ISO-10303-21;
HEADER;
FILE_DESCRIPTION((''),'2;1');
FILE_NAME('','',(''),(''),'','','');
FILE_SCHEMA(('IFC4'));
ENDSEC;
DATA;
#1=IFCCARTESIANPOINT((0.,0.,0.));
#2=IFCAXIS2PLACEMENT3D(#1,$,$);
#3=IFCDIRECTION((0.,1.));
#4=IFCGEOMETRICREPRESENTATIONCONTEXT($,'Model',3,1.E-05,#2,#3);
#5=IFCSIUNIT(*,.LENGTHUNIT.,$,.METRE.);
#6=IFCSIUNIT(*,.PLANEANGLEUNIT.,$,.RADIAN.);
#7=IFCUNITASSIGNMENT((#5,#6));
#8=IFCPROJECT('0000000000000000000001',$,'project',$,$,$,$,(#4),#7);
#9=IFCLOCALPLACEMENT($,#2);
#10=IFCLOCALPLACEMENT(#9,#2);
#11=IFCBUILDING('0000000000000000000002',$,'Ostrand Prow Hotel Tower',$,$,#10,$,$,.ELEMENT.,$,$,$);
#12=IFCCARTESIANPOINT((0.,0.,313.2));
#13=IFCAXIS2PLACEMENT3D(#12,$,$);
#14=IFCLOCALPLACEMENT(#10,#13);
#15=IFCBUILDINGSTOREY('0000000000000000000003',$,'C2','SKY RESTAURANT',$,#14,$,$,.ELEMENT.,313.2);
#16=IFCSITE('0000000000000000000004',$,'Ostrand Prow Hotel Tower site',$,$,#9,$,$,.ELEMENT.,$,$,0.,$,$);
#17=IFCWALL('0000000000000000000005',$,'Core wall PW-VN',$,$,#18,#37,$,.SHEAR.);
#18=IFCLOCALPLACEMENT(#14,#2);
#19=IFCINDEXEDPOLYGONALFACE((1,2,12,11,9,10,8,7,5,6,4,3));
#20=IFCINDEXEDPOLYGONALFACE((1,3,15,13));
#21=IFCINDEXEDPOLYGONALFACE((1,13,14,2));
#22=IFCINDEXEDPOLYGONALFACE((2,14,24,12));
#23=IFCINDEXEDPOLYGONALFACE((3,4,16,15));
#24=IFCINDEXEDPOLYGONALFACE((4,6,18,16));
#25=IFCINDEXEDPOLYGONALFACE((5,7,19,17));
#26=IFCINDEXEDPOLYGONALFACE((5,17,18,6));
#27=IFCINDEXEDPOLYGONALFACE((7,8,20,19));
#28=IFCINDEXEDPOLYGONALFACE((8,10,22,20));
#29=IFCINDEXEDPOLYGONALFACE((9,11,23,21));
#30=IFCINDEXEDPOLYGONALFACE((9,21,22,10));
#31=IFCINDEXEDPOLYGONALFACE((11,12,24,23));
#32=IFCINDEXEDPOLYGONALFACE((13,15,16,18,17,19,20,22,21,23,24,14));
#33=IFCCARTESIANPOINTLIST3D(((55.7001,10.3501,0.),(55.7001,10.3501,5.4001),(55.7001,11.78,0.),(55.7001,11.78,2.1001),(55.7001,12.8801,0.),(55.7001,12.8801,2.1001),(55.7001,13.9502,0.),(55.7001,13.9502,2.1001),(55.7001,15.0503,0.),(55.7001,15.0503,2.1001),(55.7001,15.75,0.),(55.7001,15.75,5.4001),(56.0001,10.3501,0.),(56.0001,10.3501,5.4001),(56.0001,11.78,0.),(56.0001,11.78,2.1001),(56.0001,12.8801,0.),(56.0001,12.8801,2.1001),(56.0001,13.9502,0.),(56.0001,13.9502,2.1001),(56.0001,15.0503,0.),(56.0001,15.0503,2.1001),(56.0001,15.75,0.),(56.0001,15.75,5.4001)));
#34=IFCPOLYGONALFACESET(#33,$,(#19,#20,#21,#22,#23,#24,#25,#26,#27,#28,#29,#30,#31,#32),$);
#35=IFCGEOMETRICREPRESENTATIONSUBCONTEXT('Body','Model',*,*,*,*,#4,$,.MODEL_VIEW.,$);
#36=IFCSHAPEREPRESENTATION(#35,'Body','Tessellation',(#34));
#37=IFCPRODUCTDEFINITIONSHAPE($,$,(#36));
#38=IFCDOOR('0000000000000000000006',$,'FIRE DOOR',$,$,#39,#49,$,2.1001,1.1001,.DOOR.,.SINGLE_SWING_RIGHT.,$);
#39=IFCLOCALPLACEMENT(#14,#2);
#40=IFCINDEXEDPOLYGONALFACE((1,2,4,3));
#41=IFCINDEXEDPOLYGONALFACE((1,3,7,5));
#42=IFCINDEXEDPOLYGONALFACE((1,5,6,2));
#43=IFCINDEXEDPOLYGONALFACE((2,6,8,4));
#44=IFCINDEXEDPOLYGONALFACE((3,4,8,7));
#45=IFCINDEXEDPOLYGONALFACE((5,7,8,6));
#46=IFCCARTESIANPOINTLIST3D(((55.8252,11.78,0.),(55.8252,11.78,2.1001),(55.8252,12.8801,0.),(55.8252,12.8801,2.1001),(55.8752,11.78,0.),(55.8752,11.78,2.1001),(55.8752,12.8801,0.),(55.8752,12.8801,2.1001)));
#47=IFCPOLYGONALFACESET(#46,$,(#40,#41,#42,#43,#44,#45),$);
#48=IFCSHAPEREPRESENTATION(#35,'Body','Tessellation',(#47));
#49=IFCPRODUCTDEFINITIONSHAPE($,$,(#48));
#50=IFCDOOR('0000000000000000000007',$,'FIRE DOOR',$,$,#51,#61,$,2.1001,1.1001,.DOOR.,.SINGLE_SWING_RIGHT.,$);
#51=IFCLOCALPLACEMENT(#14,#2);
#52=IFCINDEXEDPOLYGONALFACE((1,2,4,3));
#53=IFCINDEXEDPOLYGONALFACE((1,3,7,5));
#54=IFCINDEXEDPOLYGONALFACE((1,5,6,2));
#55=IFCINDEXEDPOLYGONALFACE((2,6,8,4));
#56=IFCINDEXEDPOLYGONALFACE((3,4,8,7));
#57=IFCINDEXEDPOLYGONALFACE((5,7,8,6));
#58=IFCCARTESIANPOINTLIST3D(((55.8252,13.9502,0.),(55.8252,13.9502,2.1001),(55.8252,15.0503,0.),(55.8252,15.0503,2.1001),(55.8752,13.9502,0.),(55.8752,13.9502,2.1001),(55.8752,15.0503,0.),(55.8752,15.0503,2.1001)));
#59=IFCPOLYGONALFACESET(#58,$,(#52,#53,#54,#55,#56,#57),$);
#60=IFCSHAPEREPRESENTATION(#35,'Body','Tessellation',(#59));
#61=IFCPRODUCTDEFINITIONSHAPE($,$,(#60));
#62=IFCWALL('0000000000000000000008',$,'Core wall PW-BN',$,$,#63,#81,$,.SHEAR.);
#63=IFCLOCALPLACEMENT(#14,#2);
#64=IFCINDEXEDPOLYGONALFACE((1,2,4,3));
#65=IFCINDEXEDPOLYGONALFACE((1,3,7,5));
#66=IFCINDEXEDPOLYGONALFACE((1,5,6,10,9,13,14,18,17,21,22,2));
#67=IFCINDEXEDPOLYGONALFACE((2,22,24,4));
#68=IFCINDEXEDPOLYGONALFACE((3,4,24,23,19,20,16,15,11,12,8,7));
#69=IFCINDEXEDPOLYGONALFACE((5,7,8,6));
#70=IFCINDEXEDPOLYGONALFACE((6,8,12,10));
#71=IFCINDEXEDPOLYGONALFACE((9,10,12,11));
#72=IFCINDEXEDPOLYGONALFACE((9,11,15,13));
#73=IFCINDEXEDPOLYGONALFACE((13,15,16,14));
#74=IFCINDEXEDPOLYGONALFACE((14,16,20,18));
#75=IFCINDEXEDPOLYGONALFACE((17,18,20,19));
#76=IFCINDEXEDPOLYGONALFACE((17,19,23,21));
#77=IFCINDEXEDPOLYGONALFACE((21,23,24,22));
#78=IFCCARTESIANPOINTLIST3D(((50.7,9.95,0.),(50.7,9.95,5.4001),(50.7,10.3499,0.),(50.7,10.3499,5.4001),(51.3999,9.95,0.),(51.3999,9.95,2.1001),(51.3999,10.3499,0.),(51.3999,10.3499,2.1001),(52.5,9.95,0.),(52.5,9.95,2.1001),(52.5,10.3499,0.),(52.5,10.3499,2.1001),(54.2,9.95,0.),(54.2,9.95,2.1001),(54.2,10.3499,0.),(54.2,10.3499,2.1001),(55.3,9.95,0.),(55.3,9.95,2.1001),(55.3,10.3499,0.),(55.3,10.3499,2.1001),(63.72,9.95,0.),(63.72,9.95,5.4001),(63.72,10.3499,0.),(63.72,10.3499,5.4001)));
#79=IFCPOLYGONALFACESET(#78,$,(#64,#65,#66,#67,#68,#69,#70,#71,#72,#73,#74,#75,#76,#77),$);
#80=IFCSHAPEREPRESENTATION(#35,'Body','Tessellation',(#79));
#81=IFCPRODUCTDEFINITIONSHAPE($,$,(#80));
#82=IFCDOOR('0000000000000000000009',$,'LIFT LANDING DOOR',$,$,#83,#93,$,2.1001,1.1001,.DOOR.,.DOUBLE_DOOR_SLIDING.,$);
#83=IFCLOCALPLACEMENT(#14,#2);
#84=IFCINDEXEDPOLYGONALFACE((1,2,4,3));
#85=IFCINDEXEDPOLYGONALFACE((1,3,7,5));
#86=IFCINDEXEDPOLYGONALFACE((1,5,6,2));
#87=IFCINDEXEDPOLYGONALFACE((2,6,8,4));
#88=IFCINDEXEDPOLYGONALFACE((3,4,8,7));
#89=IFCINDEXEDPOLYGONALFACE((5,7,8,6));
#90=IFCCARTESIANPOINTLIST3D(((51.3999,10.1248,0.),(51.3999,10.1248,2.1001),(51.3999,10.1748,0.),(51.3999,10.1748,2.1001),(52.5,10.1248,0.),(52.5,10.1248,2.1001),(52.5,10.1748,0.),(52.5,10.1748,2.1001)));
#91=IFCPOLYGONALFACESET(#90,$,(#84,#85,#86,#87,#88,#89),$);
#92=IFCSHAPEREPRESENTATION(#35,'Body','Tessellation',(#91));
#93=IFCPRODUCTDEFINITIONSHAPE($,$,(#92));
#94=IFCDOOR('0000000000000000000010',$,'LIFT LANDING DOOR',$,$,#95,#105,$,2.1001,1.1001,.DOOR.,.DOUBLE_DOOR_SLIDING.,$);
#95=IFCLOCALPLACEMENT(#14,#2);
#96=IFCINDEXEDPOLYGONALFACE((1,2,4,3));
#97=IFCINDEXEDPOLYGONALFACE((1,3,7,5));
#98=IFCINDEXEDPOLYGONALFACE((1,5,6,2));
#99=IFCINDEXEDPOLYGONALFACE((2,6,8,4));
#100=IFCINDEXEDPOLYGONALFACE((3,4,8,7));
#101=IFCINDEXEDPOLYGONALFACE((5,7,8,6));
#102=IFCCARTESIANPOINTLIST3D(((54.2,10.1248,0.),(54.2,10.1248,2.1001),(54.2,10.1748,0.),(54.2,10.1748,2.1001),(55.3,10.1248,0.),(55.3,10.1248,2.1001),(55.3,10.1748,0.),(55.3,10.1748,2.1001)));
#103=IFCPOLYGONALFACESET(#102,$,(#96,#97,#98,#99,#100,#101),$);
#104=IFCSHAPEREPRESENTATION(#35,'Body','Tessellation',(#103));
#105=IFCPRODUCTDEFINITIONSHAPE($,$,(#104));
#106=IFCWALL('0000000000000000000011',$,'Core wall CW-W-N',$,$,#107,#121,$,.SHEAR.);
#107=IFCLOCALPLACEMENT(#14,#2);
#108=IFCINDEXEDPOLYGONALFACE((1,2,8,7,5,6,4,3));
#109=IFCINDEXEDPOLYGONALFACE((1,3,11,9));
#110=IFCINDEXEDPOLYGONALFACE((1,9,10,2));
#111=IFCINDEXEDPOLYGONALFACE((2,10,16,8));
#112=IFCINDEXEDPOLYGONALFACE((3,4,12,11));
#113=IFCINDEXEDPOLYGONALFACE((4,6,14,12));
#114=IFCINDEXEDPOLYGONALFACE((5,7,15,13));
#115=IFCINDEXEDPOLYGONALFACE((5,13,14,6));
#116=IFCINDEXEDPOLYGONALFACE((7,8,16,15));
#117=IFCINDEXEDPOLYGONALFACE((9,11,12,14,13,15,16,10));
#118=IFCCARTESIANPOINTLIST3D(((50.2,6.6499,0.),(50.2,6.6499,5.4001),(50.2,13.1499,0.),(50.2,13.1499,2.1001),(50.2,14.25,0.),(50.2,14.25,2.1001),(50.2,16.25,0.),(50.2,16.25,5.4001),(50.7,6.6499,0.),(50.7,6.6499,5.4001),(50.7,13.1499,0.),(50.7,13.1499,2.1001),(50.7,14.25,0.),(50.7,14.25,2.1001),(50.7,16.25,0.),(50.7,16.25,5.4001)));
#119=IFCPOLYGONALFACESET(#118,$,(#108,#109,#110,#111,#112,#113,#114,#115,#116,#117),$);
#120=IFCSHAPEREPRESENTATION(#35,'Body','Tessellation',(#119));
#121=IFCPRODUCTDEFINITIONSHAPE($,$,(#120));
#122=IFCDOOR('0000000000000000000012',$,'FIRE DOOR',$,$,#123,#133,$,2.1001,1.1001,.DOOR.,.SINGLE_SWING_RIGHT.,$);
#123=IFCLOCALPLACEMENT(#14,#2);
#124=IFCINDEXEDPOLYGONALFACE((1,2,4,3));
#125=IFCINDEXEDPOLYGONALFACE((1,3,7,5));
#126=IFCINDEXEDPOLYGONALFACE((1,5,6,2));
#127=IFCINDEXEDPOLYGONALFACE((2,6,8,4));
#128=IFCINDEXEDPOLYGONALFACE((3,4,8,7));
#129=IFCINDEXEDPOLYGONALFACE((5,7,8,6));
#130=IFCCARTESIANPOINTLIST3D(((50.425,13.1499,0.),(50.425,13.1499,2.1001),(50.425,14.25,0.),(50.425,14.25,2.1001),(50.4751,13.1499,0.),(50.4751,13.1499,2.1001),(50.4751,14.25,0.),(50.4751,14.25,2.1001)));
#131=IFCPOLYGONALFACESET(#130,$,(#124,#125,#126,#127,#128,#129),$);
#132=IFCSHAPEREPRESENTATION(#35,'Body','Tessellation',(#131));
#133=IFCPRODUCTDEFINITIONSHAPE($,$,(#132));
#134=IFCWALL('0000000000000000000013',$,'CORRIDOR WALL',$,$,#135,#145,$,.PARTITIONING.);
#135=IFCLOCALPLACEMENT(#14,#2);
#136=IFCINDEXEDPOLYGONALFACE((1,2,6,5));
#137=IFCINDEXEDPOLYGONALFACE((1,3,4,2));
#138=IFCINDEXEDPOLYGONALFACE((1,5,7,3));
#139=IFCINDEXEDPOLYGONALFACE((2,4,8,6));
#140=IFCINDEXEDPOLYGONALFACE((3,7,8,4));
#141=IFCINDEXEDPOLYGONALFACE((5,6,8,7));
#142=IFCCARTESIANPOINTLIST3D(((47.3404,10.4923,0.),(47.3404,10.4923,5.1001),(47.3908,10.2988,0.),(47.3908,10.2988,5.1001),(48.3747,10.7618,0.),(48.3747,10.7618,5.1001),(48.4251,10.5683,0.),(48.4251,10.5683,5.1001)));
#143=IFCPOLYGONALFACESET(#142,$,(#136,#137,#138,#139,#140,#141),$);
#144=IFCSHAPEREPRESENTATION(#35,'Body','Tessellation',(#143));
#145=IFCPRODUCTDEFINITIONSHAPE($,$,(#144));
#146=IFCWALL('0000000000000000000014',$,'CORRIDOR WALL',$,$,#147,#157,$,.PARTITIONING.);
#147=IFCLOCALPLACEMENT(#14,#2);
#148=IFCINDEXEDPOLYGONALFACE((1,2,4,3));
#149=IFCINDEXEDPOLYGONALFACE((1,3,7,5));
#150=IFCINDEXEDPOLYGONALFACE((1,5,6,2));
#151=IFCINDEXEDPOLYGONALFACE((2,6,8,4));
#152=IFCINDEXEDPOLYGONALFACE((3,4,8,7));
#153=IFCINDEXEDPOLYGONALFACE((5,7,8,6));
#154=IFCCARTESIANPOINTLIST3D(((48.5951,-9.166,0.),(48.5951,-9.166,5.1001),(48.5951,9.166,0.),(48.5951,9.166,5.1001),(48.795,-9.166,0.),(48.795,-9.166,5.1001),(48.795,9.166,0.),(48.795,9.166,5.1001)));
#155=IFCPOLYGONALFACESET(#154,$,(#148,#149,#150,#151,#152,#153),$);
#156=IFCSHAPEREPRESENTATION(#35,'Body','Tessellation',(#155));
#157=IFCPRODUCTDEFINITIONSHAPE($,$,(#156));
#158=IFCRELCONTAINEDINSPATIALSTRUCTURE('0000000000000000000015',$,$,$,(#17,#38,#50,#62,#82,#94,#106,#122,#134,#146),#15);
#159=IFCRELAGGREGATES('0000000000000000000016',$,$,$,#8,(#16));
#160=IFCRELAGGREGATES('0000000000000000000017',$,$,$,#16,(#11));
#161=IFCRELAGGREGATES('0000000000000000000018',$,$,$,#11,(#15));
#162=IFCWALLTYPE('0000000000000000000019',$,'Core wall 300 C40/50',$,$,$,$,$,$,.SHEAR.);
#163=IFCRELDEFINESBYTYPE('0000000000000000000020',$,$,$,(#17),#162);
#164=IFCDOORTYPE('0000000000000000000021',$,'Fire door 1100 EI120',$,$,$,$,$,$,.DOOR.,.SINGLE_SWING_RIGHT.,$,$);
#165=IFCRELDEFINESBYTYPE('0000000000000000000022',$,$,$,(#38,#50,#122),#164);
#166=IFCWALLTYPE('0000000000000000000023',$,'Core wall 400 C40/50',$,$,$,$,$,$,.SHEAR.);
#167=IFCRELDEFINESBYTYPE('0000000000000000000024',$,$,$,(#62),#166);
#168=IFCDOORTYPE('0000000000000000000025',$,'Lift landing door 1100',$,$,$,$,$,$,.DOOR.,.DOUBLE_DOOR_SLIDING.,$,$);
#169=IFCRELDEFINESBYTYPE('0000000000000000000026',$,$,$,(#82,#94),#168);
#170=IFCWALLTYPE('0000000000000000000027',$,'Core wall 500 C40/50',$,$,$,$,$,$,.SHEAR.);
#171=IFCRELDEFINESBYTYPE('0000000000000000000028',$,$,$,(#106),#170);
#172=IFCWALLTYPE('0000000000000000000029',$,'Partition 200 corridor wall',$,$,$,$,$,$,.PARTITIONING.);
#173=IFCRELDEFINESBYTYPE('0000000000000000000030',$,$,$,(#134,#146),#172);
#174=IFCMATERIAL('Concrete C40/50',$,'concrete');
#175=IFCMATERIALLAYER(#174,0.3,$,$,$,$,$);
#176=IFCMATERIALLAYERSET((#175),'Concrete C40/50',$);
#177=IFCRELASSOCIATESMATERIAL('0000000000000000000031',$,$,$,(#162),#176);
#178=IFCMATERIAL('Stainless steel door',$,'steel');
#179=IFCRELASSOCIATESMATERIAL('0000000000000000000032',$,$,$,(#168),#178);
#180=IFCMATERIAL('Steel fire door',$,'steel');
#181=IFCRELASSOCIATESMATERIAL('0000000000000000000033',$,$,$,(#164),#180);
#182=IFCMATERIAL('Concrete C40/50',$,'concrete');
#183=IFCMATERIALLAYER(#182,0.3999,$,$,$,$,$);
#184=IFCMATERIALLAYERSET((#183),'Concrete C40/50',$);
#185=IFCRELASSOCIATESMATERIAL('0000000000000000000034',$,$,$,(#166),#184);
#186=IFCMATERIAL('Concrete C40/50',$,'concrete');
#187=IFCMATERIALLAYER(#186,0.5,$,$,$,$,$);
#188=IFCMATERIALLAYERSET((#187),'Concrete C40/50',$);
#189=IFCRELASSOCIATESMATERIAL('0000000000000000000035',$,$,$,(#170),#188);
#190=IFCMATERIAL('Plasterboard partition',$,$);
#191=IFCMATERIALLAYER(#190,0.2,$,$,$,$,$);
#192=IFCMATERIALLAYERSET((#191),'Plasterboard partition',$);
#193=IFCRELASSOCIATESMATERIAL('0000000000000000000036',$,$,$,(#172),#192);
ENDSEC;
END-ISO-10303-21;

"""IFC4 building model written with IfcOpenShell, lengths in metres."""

from ifc_helpers import new_model, si_unit, direction, frame, frame_2d, origin, place, context, subcontext, project, spatial, rectangle, extrude, material, layer, layer_set, type_object, element, fill, save


model = new_model("IFC4")

# Units and contexts
model_context = context("Model", 3, precision=1e-05, world=origin(), true_north=direction((0.0, 1.0)))
body_context = subcontext(model_context, "Body", "Model", "MODEL_VIEW")
ifc_project = project(units=[si_unit("LENGTHUNIT", "METRE"), si_unit("PLANEANGLEUNIT", "RADIAN")], contexts=[model_context])

# Site, building, storey
site_placement = place(None, origin())
site = spatial("IfcSite", under=ifc_project, at=site_placement, Name="Ostrand Prow Hotel Tower site", CompositionType="ELEMENT", RefElevation=0.0)
building_placement = place(site_placement, origin())
building = spatial("IfcBuilding", under=site, at=building_placement, Name="Ostrand Prow Hotel Tower", CompositionType="ELEMENT")
storey_placement = place(building_placement, frame((0.0, 0.0, 313.2)))
storey = spatial("IfcBuildingStorey", under=building, at=storey_placement, Name="C2", Description="SKY RESTAURANT", CompositionType="ELEMENT", Elevation=313.2)

# Shared definitions
ifc_material_1 = material(Name="Concrete C40/50", Category="concrete")
ifc_layer_1 = layer(ifc_material_1, 0.3)
ifc_layer_set_1 = layer_set([ifc_layer_1], Name="Concrete C40/50")
wall_type_1 = type_object("IfcWallType", Name="Core wall 300 C40/50", PredefinedType="SHEAR", material=ifc_layer_set_1)
ifc_material_2 = material(Name="Stainless steel door", Category="steel")
door_type_1 = type_object("IfcDoorType", Name="Lift landing door 1100", OperationType="DOUBLE_DOOR_SLIDING", PredefinedType="DOOR", material=ifc_material_2)

# Walls, openings, doors
wall_1_placement = place(storey_placement, frame((55.8501, 10.3501, 0.0), z_axis=(0.0, 0.0, 1.0), x_axis=(0.0, 1.0, 0.0)))
wall_1 = element("IfcWall", 1, at=wall_1_placement, inside=storey, type_object=wall_type_1, Name="Core wall PW-VN", PredefinedType="SHEAR", context=body_context, shape_type="SweptSolid", body=[
    extrude(rectangle(XDim=5.3999, YDim=0.3, at=frame_2d((2.7, 0.0))), origin(), (0.0, 0.0, 1.0), 5.4001),
])
opening_1_placement = place(wall_1_placement, frame((1.4299, 0.0, 0.0)))
opening_1 = element("IfcOpeningElement", 2, at=opening_1_placement, cuts=wall_1, PredefinedType="OPENING", context=body_context, shape_type="SweptSolid", body=[
    extrude(rectangle(XDim=1.1001, YDim=2.1001, at=frame_2d((0.55, 1.05))), frame((0.0, 0.1599, 0.0), z_axis=(0.0, -1.0, 0.0), x_axis=(1.0, 0.0, 0.0)), (0.0, 0.0, 1.0), 0.3201),
])
opening_2_placement = place(wall_1_placement, frame((3.6001, 0.0, 0.0)))
opening_2 = element("IfcOpeningElement", 3, at=opening_2_placement, cuts=wall_1, PredefinedType="OPENING", context=body_context, shape_type="SweptSolid", body=[
    extrude(rectangle(XDim=1.1001, YDim=2.1001, at=frame_2d((0.55, 1.05))), frame((0.0, 0.1599, 0.0), z_axis=(0.0, -1.0, 0.0), x_axis=(1.0, 0.0, 0.0)), (0.0, 0.0, 1.0), 0.3201),
])
ifc_material_3 = material(Name="Steel fire door", Category="steel")
door_type_2 = type_object("IfcDoorType", Name="Fire door 1100 EI120", OperationType="SINGLE_SWING_RIGHT", PredefinedType="DOOR", material=ifc_material_3)
door_1_placement = place(opening_1_placement, origin())
door_1 = element("IfcDoor", 4, at=door_1_placement, inside=storey, type_object=door_type_2, Name="FIRE DOOR", OperationType="SINGLE_SWING_RIGHT", OverallHeight=2.1001, OverallWidth=1.1001, PredefinedType="DOOR", context=body_context, shape_type="SweptSolid", body=[
    extrude(rectangle(XDim=1.1001, YDim=2.1001, at=frame_2d((0.55, 1.05))), frame((0.0, 0.0249, 0.0), z_axis=(0.0, -1.0, 0.0), x_axis=(1.0, 0.0, 0.0)), (0.0, 0.0, 1.0), 0.05),
])
fill(opening_1, door_1)
door_2_placement = place(opening_2_placement, origin())
door_2 = element("IfcDoor", 5, at=door_2_placement, inside=storey, type_object=door_type_2, Name="FIRE DOOR", OperationType="SINGLE_SWING_RIGHT", OverallHeight=2.1001, OverallWidth=1.1001, PredefinedType="DOOR", context=body_context, shape_type="SweptSolid", body=[
    extrude(rectangle(XDim=1.1001, YDim=2.1001, at=frame_2d((0.55, 1.05))), frame((0.0, 0.0249, 0.0), z_axis=(0.0, -1.0, 0.0), x_axis=(1.0, 0.0, 0.0)), (0.0, 0.0, 1.0), 0.05),
])
fill(opening_2, door_2)
ifc_material_4 = material(Name="Concrete C40/50", Category="concrete")
ifc_layer_2 = layer(ifc_material_4, 0.3999)
ifc_layer_set_2 = layer_set([ifc_layer_2], Name="Concrete C40/50")
wall_type_2 = type_object("IfcWallType", Name="Core wall 400 C40/50", PredefinedType="SHEAR", material=ifc_layer_set_2)
wall_2_placement = place(storey_placement, frame((50.7, 10.1499, 0.0), z_axis=(0.0, 0.0, 1.0), x_axis=(1.0, 0.0, 0.0)))
wall_2 = element("IfcWall", 6, at=wall_2_placement, inside=storey, type_object=wall_type_2, Name="Core wall PW-BN", PredefinedType="SHEAR", context=body_context, shape_type="SweptSolid", body=[
    extrude(rectangle(XDim=13.02, YDim=0.3999, at=frame_2d((6.51, 0.0))), origin(), (0.0, 0.0, 1.0), 5.4001),
])
opening_3_placement = place(wall_2_placement, frame((0.7, 0.0, 0.0)))
opening_3 = element("IfcOpeningElement", 7, at=opening_3_placement, cuts=wall_2, PredefinedType="OPENING", context=body_context, shape_type="SweptSolid", body=[
    extrude(rectangle(XDim=1.1001, YDim=2.1001, at=frame_2d((0.55, 1.05))), frame((0.0, 0.21, 0.0), z_axis=(0.0, -1.0, 0.0), x_axis=(1.0, 0.0, 0.0)), (0.0, 0.0, 1.0), 0.4199),
])
opening_4_placement = place(wall_2_placement, frame((3.5, 0.0, 0.0)))
opening_4 = element("IfcOpeningElement", 8, at=opening_4_placement, cuts=wall_2, PredefinedType="OPENING", context=body_context, shape_type="SweptSolid", body=[
    extrude(rectangle(XDim=1.1001, YDim=2.1001, at=frame_2d((0.55, 1.05))), frame((0.0, 0.21, 0.0), z_axis=(0.0, -1.0, 0.0), x_axis=(1.0, 0.0, 0.0)), (0.0, 0.0, 1.0), 0.4199),
])
door_3_placement = place(opening_3_placement, origin())
door_3 = element("IfcDoor", 9, at=door_3_placement, inside=storey, type_object=door_type_1, Name="LIFT LANDING DOOR", OperationType="DOUBLE_DOOR_SLIDING", OverallHeight=2.1001, OverallWidth=1.1001, PredefinedType="DOOR", context=body_context, shape_type="SweptSolid", body=[
    extrude(rectangle(XDim=1.1001, YDim=2.1001, at=frame_2d((0.55, 1.05))), frame((0.0, 0.0249, 0.0), z_axis=(0.0, -1.0, 0.0), x_axis=(1.0, 0.0, 0.0)), (0.0, 0.0, 1.0), 0.05),
])
fill(opening_3, door_3)
door_4_placement = place(opening_4_placement, origin())
door_4 = element("IfcDoor", 10, at=door_4_placement, inside=storey, type_object=door_type_1, Name="LIFT LANDING DOOR", OperationType="DOUBLE_DOOR_SLIDING", OverallHeight=2.1001, OverallWidth=1.1001, PredefinedType="DOOR", context=body_context, shape_type="SweptSolid", body=[
    extrude(rectangle(XDim=1.1001, YDim=2.1001, at=frame_2d((0.55, 1.05))), frame((0.0, 0.0249, 0.0), z_axis=(0.0, -1.0, 0.0), x_axis=(1.0, 0.0, 0.0)), (0.0, 0.0, 1.0), 0.05),
])
fill(opening_4, door_4)

# Wall, opening, door
ifc_material_5 = material(Name="Concrete C40/50", Category="concrete")
ifc_layer_3 = layer(ifc_material_5, 0.5)
ifc_layer_set_3 = layer_set([ifc_layer_3], Name="Concrete C40/50")
wall_type_3 = type_object("IfcWallType", Name="Core wall 500 C40/50", PredefinedType="SHEAR", material=ifc_layer_set_3)
wall_3_placement = place(storey_placement, frame((50.45, 6.6499, 0.0), z_axis=(0.0, 0.0, 1.0), x_axis=(0.0, 1.0, 0.0)))
wall_3 = element("IfcWall", 11, at=wall_3_placement, inside=storey, type_object=wall_type_3, Name="Core wall CW-W-N", PredefinedType="SHEAR", context=body_context, shape_type="SweptSolid", body=[
    extrude(rectangle(XDim=9.6001, YDim=0.5, at=frame_2d((4.8, 0.0))), origin(), (0.0, 0.0, 1.0), 5.4001),
])
opening_5_placement = place(wall_3_placement, frame((6.5, 0.0, 0.0)))
opening_5 = element("IfcOpeningElement", 12, at=opening_5_placement, cuts=wall_3, PredefinedType="OPENING", context=body_context, shape_type="SweptSolid", body=[
    extrude(rectangle(XDim=1.1001, YDim=2.1001, at=frame_2d((0.55, 1.05))), frame((0.0, 0.26, 0.0), z_axis=(0.0, -1.0, 0.0), x_axis=(1.0, 0.0, 0.0)), (0.0, 0.0, 1.0), 0.52),
])
door_5_placement = place(opening_5_placement, origin())
door_5 = element("IfcDoor", 13, at=door_5_placement, inside=storey, type_object=door_type_2, Name="FIRE DOOR", OperationType="SINGLE_SWING_RIGHT", OverallHeight=2.1001, OverallWidth=1.1001, PredefinedType="DOOR", context=body_context, shape_type="SweptSolid", body=[
    extrude(rectangle(XDim=1.1001, YDim=2.1001, at=frame_2d((0.55, 1.05))), frame((0.0, 0.0249, 0.0), z_axis=(0.0, -1.0, 0.0), x_axis=(1.0, 0.0, 0.0)), (0.0, 0.0, 1.0), 0.05),
])
fill(opening_5, door_5)

# Walls
ifc_material_6 = material(Name="Plasterboard partition")
ifc_layer_4 = layer(ifc_material_6, 0.2)
ifc_layer_set_4 = layer_set([ifc_layer_4], Name="Plasterboard partition")
wall_type_4 = type_object("IfcWallType", Name="Partition 200 corridor wall", PredefinedType="PARTITIONING", material=ifc_layer_set_4)
wall_4_placement = place(storey_placement, frame((48.3999, 10.665, 0.0), z_axis=(0.0, 0.0, 1.0), x_axis=(-0.96769, -0.252143, 0.0)))
element("IfcWall", 14, at=wall_4_placement, inside=storey, type_object=wall_type_4, Name="CORRIDOR WALL", PredefinedType="PARTITIONING", context=body_context, shape_type="SweptSolid", body=[
    extrude(rectangle(XDim=1.0688, YDim=0.2, at=frame_2d((0.5344, 0.0))), origin(), (0.0, 0.0, 1.0), 5.1001),
])
wall_5_placement = place(storey_placement, frame((48.6951, 9.166, 0.0), z_axis=(0.0, 0.0, 1.0), x_axis=(0.0, -1.0, 0.0)))
element("IfcWall", 15, at=wall_5_placement, inside=storey, type_object=wall_type_4, Name="CORRIDOR WALL", PredefinedType="PARTITIONING", context=body_context, shape_type="SweptSolid", body=[
    extrude(rectangle(XDim=18.332, YDim=0.2, at=frame_2d((9.166, 0.0))), origin(), (0.0, 0.0, 1.0), 5.1001),
])

save(model, "model.ifc")
